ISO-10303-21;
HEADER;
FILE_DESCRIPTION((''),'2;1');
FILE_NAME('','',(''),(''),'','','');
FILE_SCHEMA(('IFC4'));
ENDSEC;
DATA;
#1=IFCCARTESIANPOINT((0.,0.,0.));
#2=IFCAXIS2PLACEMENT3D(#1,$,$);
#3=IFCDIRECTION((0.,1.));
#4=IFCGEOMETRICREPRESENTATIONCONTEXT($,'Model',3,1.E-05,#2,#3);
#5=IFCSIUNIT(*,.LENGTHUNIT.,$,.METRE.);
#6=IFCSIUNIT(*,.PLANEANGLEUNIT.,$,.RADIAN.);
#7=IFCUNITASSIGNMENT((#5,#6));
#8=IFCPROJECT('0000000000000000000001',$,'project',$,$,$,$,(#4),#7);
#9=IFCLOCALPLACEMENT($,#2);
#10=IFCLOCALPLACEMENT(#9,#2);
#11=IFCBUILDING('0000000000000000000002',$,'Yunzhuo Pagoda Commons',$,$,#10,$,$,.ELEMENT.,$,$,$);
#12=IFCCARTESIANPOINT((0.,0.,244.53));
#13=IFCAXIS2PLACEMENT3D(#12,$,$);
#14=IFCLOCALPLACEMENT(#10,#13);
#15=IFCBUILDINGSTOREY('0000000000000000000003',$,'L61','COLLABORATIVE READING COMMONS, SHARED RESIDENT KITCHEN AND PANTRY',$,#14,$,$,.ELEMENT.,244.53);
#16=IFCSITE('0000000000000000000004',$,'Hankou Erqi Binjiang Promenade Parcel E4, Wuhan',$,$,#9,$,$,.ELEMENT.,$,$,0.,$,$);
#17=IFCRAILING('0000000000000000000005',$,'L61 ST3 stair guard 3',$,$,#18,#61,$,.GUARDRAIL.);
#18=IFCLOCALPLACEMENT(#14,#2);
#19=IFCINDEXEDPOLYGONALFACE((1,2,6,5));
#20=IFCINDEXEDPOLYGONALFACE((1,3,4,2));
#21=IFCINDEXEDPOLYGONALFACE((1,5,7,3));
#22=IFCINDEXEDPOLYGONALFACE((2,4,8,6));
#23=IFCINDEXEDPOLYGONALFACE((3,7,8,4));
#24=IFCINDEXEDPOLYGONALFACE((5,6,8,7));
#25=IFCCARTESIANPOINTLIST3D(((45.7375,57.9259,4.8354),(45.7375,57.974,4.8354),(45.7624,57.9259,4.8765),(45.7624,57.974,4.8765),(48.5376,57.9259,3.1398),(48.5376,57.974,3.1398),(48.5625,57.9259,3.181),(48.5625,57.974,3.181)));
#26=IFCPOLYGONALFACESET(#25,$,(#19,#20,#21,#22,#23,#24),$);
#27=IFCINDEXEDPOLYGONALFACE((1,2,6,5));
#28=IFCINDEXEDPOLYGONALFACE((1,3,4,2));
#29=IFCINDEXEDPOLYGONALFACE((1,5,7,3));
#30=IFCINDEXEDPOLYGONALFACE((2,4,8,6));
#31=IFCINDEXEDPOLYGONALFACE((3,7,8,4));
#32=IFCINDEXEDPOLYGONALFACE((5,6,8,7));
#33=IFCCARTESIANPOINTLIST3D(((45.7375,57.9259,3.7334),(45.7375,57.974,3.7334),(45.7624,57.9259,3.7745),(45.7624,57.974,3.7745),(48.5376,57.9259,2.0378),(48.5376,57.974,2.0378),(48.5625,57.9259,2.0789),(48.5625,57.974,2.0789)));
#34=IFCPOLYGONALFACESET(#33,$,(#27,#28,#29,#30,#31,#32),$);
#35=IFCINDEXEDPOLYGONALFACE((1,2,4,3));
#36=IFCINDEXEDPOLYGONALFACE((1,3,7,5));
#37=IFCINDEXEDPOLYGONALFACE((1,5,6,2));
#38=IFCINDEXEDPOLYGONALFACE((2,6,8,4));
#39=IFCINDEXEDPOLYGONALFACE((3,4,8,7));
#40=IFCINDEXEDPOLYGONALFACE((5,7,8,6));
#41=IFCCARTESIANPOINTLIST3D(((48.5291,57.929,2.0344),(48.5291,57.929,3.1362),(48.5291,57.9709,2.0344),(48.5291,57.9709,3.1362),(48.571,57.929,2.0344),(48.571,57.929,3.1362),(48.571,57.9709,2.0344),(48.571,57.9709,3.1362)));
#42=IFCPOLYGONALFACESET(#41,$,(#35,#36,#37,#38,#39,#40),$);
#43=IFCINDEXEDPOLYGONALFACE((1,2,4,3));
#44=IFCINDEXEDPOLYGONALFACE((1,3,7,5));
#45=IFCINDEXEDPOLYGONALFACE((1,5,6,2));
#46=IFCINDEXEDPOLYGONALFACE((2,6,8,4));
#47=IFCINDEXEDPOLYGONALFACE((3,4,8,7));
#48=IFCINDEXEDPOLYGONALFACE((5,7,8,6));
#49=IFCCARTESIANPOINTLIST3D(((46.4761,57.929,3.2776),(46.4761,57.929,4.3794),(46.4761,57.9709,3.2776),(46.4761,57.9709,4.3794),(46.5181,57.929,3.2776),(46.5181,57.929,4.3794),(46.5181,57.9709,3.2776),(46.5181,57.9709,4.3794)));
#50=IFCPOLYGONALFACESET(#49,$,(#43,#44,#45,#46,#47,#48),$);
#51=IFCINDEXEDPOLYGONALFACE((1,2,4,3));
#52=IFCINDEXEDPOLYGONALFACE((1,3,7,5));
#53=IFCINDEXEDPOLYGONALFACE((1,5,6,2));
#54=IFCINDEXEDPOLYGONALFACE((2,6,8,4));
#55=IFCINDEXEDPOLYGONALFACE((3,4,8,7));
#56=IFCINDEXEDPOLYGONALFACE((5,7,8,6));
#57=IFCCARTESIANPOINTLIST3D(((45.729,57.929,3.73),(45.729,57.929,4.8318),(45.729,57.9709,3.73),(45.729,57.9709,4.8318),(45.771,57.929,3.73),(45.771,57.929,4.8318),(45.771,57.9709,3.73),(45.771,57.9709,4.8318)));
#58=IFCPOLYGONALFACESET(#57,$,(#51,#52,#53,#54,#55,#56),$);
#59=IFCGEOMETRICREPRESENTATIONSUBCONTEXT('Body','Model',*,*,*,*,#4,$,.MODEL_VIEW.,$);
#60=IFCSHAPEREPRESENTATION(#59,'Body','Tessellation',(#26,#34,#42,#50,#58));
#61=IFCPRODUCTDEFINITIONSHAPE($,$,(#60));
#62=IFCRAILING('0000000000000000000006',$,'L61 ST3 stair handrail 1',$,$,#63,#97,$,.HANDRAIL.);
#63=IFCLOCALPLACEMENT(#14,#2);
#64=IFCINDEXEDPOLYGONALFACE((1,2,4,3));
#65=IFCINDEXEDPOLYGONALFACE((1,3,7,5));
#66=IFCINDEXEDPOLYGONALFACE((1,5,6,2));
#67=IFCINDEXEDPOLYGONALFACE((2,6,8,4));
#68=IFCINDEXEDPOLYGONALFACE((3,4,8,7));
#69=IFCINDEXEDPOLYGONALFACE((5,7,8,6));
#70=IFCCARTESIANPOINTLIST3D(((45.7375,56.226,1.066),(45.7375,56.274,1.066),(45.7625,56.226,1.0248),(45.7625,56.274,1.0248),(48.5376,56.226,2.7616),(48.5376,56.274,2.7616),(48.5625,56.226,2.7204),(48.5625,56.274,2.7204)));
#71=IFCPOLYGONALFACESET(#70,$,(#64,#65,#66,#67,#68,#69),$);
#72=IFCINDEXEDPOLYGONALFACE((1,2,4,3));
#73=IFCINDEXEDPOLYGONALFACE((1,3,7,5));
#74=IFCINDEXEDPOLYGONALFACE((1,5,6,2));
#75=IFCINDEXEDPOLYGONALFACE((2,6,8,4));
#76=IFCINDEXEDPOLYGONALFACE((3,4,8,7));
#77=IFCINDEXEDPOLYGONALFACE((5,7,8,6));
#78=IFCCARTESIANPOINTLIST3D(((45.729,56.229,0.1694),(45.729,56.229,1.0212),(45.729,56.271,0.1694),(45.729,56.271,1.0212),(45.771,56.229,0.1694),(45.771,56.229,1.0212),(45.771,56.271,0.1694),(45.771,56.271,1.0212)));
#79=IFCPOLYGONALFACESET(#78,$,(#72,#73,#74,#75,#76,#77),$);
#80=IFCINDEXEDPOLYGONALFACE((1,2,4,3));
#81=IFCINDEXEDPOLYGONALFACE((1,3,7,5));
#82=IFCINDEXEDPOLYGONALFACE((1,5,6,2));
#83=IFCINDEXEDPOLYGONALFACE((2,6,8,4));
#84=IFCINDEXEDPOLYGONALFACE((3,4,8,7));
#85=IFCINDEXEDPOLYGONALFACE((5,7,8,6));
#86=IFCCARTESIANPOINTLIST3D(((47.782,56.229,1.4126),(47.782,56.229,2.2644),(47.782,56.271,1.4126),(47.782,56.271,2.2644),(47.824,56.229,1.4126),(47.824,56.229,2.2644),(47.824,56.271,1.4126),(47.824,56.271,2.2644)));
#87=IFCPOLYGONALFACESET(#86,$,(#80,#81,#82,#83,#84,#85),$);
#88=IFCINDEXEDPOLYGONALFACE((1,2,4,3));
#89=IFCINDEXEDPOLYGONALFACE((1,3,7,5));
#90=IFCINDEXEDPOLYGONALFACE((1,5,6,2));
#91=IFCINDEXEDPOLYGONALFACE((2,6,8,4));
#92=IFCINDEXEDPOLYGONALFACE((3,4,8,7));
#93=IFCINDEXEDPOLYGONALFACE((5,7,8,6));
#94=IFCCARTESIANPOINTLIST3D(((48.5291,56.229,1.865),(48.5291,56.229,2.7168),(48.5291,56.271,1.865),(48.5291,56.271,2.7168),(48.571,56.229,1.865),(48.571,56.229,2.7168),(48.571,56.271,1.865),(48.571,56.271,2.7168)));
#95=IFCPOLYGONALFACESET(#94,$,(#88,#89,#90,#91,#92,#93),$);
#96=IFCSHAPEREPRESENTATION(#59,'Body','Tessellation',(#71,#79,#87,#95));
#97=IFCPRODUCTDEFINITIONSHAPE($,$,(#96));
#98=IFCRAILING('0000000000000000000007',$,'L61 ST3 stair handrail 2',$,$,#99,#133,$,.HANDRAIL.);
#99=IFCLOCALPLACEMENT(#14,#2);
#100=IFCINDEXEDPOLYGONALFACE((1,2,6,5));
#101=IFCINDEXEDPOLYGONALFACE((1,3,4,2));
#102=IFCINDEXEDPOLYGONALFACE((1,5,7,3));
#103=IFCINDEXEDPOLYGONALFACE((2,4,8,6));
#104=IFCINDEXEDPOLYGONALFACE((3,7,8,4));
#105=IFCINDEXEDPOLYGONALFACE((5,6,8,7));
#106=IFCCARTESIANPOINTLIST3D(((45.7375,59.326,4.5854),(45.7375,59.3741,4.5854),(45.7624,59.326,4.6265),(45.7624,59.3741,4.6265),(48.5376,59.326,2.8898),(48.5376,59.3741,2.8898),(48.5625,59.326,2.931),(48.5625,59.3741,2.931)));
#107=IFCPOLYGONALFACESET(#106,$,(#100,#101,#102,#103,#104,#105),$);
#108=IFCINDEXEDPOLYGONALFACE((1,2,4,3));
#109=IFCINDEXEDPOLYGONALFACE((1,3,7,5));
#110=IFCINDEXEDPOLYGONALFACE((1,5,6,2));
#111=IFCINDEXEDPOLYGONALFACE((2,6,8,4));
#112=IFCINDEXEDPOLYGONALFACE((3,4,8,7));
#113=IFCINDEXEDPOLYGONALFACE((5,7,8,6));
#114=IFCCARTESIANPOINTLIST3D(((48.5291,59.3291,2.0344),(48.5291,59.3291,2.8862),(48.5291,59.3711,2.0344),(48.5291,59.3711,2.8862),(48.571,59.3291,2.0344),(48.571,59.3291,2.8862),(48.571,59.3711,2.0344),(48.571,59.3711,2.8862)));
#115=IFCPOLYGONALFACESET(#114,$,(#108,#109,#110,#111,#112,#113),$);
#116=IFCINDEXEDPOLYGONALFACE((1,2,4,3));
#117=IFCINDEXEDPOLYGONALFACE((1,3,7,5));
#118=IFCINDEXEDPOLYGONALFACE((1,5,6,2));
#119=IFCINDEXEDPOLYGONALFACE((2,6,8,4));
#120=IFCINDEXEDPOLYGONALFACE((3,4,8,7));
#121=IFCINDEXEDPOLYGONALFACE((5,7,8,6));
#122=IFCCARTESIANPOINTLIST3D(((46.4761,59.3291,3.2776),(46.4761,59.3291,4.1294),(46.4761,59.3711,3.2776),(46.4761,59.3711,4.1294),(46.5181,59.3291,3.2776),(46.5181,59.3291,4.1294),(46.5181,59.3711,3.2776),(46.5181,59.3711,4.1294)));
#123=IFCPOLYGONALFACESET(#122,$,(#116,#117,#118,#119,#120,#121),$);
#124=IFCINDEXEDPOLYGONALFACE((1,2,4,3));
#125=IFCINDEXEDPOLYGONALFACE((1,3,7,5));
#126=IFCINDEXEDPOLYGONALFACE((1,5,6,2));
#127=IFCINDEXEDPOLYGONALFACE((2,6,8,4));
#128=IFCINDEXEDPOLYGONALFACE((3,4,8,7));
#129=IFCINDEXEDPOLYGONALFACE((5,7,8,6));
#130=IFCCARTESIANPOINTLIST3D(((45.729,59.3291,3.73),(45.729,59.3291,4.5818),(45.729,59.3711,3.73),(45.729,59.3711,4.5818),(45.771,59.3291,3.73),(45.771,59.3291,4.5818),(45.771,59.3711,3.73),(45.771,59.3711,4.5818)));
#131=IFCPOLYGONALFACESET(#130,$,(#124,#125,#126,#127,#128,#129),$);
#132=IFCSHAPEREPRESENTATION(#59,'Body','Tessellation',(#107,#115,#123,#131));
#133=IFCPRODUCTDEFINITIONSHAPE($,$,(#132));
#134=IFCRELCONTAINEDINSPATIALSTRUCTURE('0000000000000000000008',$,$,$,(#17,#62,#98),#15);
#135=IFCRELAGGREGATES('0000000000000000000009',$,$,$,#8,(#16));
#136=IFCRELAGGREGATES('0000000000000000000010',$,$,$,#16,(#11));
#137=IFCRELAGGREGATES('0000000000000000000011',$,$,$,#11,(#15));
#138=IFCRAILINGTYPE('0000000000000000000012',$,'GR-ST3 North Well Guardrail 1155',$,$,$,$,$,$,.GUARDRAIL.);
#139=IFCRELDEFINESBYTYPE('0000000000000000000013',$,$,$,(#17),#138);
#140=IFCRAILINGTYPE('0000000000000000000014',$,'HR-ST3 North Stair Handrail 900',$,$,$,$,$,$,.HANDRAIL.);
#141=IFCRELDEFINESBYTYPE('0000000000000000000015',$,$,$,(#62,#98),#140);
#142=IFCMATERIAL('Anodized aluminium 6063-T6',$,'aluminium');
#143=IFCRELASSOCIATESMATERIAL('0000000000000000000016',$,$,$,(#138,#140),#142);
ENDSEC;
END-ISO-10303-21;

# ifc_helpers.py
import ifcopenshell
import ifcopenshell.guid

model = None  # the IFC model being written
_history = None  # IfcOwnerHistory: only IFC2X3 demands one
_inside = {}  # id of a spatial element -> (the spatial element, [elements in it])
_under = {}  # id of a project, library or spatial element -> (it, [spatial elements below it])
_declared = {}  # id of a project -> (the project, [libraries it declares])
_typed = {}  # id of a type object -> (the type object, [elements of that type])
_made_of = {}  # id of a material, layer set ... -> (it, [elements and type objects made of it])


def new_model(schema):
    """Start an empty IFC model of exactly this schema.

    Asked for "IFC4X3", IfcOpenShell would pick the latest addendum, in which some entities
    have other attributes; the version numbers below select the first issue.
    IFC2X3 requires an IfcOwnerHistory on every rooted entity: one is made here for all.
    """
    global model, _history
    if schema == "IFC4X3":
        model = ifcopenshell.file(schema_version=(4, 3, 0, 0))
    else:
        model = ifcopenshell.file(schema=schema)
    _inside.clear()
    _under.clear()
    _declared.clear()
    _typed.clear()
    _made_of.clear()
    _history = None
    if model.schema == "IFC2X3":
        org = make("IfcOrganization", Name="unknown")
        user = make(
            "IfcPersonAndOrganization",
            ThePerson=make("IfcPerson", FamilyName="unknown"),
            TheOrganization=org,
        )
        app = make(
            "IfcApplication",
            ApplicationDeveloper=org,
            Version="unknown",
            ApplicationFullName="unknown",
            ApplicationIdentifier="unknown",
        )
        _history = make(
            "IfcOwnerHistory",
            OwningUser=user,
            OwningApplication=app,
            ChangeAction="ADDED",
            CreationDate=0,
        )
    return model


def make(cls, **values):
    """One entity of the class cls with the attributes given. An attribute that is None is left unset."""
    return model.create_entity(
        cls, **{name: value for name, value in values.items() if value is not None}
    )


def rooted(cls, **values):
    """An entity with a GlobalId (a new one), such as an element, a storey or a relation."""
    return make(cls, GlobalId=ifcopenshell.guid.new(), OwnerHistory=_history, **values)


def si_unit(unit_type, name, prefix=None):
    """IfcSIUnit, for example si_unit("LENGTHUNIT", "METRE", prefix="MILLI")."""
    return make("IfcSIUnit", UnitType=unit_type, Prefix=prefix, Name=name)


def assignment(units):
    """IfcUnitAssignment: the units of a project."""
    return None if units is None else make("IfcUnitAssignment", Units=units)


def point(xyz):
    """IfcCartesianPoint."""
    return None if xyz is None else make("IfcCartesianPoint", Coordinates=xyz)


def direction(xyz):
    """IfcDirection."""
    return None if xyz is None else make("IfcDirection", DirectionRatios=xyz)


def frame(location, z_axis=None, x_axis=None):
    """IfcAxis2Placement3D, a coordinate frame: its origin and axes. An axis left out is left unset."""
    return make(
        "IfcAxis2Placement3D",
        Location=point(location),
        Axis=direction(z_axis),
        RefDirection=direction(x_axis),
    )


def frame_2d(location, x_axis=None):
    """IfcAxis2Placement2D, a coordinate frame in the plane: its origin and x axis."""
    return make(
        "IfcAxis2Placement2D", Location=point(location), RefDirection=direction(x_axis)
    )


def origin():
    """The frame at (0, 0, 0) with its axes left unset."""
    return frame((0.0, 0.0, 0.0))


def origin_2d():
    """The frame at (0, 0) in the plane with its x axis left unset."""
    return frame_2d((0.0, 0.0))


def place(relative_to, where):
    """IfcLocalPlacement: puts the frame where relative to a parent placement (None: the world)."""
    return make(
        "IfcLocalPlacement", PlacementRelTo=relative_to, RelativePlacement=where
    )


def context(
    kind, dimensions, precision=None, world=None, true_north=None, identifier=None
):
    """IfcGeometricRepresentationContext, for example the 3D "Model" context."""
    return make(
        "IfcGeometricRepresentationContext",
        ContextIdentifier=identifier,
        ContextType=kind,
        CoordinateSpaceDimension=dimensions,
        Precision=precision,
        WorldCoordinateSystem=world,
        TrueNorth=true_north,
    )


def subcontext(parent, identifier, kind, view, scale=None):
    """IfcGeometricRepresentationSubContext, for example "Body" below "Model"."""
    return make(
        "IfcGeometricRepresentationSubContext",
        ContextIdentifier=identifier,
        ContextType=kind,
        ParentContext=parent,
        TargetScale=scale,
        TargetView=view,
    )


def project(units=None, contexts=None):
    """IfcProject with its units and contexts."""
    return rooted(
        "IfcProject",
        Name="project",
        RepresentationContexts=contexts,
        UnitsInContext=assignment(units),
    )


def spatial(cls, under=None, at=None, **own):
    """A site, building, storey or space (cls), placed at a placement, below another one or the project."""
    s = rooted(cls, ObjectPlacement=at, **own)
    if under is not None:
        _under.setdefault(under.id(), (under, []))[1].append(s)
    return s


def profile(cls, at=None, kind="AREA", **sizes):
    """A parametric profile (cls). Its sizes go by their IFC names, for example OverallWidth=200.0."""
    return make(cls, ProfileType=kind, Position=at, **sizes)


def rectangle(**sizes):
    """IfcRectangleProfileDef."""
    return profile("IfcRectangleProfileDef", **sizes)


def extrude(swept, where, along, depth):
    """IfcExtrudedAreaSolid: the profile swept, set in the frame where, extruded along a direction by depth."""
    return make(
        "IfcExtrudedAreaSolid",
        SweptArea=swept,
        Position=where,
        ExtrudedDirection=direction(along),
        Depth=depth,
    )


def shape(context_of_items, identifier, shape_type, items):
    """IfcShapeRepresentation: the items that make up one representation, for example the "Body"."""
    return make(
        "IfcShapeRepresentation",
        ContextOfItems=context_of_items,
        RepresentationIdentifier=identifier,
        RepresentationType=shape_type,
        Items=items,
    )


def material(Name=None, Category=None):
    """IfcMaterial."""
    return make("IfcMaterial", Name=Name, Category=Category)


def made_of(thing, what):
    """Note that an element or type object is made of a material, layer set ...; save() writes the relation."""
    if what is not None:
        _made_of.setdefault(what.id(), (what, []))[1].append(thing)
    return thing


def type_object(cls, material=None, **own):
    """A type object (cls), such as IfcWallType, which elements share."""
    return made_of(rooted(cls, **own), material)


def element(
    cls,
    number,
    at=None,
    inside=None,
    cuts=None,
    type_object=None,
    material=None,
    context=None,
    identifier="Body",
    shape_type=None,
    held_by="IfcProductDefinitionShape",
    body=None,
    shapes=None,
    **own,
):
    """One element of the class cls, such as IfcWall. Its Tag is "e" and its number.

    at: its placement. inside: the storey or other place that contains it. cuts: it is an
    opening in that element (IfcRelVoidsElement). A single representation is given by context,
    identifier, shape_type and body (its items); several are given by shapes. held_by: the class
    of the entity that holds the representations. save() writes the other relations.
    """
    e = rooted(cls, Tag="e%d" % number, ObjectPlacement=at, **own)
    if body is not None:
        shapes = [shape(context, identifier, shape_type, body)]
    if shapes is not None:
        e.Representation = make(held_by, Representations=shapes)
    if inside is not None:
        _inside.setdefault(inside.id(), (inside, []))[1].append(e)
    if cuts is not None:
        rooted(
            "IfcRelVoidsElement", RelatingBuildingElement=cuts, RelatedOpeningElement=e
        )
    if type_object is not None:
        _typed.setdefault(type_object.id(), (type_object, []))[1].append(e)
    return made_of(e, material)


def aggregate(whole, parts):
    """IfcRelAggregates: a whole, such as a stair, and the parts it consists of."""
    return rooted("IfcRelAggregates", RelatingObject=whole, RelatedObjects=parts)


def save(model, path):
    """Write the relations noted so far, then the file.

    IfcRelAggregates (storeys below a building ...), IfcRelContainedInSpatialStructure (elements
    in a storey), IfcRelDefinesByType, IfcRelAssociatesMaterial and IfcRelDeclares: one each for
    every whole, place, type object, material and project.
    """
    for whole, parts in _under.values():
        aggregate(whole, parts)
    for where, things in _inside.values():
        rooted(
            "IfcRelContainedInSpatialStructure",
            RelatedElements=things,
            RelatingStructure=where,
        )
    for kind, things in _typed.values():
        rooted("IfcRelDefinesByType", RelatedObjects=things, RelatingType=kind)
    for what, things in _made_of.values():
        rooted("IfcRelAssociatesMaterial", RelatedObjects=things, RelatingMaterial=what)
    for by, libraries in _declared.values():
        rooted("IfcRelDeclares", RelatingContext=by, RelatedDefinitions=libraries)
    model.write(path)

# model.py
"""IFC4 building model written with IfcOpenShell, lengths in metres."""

from ifc_helpers import new_model, si_unit, direction, frame, origin, origin_2d, place, context, subcontext, project, spatial, rectangle, extrude, material, type_object, element, save


model = new_model("IFC4")

# Units and contexts
model_context = context("Model", 3, precision=1e-05, world=origin(), true_north=direction((0.0, 1.0)))
body_context = subcontext(model_context, "Body", "Model", "MODEL_VIEW")
ifc_project = project(units=[si_unit("LENGTHUNIT", "METRE"), si_unit("PLANEANGLEUNIT", "RADIAN")], contexts=[model_context])

# Site, building, storey
site_placement = place(None, origin())
site = spatial("IfcSite", under=ifc_project, at=site_placement, Name="Hankou Erqi Binjiang Promenade Parcel E4, Wuhan", CompositionType="ELEMENT", RefElevation=0.0)
building_placement = place(site_placement, origin())
building = spatial("IfcBuilding", under=site, at=building_placement, Name="Yunzhuo Pagoda Commons", CompositionType="ELEMENT")
storey_placement = place(building_placement, frame((0.0, 0.0, 244.53)))
storey = spatial("IfcBuildingStorey", under=building, at=storey_placement, Name="L61", Description="COLLABORATIVE READING COMMONS, SHARED RESIDENT KITCHEN AND PANTRY", CompositionType="ELEMENT", Elevation=244.53)

# Shared definitions
ifc_material_1 = material(Name="Anodized aluminium 6063-T6", Category="aluminium")

# Railings
railing_type_1 = type_object("IfcRailingType", Name="GR-ST3 North Well Guardrail 1155", PredefinedType="GUARDRAIL", material=ifc_material_1)
railing_1_placement = place(storey_placement, frame((48.55, 57.95, 2.0344)))
element("IfcRailing", 1, at=railing_1_placement, inside=storey, type_object=railing_type_1, Name="L61 ST3 stair guard 3", PredefinedType="GUARDRAIL", context=body_context, shape_type="SweptSolid", body=[
    extrude(rectangle(XDim=0.0481, YDim=0.0481, at=origin_2d()), frame((0.0, 0.0, 1.126), z_axis=(-0.855393, 0.0, 0.517979), x_axis=(0.0, -1.0, 0.0)), (0.0, 0.0, 1.0), 3.2734),
    extrude(rectangle(XDim=0.0481, YDim=0.0481, at=origin_2d()), frame((0.0, 0.0, 0.0239), z_axis=(-0.855393, 0.0, 0.517979), x_axis=(0.0, -1.0, 0.0)), (0.0, 0.0, 1.0), 3.2734),
    extrude(rectangle(XDim=0.042, YDim=0.042, at=origin_2d()), origin(), (0.0, 0.0, 1.0), 1.1018),
    extrude(rectangle(XDim=0.042, YDim=0.042, at=origin_2d()), frame((-2.053, 0.0, 1.2432)), (0.0, 0.0, 1.0), 1.1018),
    extrude(rectangle(XDim=0.042, YDim=0.042, at=origin_2d()), frame((-2.8, 0.0, 1.6956)), (0.0, 0.0, 1.0), 1.1018),
])
railing_type_2 = type_object("IfcRailingType", Name="HR-ST3 North Stair Handrail 900", PredefinedType="HANDRAIL", material=ifc_material_1)
railing_2_placement = place(storey_placement, frame((45.75, 56.25, 0.1694)))
element("IfcRailing", 2, at=railing_2_placement, inside=storey, type_object=railing_type_2, Name="L61 ST3 stair handrail 1", PredefinedType="HANDRAIL", context=body_context, shape_type="SweptSolid", body=[
    extrude(rectangle(XDim=0.0481, YDim=0.0481, at=origin_2d()), frame((0.0, 0.0, 0.876), z_axis=(0.855393, 0.0, 0.517979), x_axis=(0.0, 1.0, 0.0)), (0.0, 0.0, 1.0), 3.2734),
    extrude(rectangle(XDim=0.042, YDim=0.042, at=origin_2d()), origin(), (0.0, 0.0, 1.0), 0.8518),
    extrude(rectangle(XDim=0.042, YDim=0.042, at=origin_2d()), frame((2.053, 0.0, 1.2432)), (0.0, 0.0, 1.0), 0.8518),
    extrude(rectangle(XDim=0.042, YDim=0.042, at=origin_2d()), frame((2.8, 0.0, 1.6956)), (0.0, 0.0, 1.0), 0.8518),
])
railing_3_placement = place(storey_placement, frame((48.55, 59.3501, 2.0344)))
element("IfcRailing", 3, at=railing_3_placement, inside=storey, type_object=railing_type_2, Name="L61 ST3 stair handrail 2", PredefinedType="HANDRAIL", context=body_context, shape_type="SweptSolid", body=[
    extrude(rectangle(XDim=0.0481, YDim=0.0481, at=origin_2d()), frame((0.0, 0.0, 0.876), z_axis=(-0.855393, 0.0, 0.517979), x_axis=(0.0, -1.0, 0.0)), (0.0, 0.0, 1.0), 3.2734),
    extrude(rectangle(XDim=0.042, YDim=0.042, at=origin_2d()), origin(), (0.0, 0.0, 1.0), 0.8518),
    extrude(rectangle(XDim=0.042, YDim=0.042, at=origin_2d()), frame((-2.053, 0.0, 1.2432)), (0.0, 0.0, 1.0), 0.8518),
    extrude(rectangle(XDim=0.042, YDim=0.042, at=origin_2d()), frame((-2.8, 0.0, 1.6956)), (0.0, 0.0, 1.0), 0.8518),
])

save(model, "model.ifc")
